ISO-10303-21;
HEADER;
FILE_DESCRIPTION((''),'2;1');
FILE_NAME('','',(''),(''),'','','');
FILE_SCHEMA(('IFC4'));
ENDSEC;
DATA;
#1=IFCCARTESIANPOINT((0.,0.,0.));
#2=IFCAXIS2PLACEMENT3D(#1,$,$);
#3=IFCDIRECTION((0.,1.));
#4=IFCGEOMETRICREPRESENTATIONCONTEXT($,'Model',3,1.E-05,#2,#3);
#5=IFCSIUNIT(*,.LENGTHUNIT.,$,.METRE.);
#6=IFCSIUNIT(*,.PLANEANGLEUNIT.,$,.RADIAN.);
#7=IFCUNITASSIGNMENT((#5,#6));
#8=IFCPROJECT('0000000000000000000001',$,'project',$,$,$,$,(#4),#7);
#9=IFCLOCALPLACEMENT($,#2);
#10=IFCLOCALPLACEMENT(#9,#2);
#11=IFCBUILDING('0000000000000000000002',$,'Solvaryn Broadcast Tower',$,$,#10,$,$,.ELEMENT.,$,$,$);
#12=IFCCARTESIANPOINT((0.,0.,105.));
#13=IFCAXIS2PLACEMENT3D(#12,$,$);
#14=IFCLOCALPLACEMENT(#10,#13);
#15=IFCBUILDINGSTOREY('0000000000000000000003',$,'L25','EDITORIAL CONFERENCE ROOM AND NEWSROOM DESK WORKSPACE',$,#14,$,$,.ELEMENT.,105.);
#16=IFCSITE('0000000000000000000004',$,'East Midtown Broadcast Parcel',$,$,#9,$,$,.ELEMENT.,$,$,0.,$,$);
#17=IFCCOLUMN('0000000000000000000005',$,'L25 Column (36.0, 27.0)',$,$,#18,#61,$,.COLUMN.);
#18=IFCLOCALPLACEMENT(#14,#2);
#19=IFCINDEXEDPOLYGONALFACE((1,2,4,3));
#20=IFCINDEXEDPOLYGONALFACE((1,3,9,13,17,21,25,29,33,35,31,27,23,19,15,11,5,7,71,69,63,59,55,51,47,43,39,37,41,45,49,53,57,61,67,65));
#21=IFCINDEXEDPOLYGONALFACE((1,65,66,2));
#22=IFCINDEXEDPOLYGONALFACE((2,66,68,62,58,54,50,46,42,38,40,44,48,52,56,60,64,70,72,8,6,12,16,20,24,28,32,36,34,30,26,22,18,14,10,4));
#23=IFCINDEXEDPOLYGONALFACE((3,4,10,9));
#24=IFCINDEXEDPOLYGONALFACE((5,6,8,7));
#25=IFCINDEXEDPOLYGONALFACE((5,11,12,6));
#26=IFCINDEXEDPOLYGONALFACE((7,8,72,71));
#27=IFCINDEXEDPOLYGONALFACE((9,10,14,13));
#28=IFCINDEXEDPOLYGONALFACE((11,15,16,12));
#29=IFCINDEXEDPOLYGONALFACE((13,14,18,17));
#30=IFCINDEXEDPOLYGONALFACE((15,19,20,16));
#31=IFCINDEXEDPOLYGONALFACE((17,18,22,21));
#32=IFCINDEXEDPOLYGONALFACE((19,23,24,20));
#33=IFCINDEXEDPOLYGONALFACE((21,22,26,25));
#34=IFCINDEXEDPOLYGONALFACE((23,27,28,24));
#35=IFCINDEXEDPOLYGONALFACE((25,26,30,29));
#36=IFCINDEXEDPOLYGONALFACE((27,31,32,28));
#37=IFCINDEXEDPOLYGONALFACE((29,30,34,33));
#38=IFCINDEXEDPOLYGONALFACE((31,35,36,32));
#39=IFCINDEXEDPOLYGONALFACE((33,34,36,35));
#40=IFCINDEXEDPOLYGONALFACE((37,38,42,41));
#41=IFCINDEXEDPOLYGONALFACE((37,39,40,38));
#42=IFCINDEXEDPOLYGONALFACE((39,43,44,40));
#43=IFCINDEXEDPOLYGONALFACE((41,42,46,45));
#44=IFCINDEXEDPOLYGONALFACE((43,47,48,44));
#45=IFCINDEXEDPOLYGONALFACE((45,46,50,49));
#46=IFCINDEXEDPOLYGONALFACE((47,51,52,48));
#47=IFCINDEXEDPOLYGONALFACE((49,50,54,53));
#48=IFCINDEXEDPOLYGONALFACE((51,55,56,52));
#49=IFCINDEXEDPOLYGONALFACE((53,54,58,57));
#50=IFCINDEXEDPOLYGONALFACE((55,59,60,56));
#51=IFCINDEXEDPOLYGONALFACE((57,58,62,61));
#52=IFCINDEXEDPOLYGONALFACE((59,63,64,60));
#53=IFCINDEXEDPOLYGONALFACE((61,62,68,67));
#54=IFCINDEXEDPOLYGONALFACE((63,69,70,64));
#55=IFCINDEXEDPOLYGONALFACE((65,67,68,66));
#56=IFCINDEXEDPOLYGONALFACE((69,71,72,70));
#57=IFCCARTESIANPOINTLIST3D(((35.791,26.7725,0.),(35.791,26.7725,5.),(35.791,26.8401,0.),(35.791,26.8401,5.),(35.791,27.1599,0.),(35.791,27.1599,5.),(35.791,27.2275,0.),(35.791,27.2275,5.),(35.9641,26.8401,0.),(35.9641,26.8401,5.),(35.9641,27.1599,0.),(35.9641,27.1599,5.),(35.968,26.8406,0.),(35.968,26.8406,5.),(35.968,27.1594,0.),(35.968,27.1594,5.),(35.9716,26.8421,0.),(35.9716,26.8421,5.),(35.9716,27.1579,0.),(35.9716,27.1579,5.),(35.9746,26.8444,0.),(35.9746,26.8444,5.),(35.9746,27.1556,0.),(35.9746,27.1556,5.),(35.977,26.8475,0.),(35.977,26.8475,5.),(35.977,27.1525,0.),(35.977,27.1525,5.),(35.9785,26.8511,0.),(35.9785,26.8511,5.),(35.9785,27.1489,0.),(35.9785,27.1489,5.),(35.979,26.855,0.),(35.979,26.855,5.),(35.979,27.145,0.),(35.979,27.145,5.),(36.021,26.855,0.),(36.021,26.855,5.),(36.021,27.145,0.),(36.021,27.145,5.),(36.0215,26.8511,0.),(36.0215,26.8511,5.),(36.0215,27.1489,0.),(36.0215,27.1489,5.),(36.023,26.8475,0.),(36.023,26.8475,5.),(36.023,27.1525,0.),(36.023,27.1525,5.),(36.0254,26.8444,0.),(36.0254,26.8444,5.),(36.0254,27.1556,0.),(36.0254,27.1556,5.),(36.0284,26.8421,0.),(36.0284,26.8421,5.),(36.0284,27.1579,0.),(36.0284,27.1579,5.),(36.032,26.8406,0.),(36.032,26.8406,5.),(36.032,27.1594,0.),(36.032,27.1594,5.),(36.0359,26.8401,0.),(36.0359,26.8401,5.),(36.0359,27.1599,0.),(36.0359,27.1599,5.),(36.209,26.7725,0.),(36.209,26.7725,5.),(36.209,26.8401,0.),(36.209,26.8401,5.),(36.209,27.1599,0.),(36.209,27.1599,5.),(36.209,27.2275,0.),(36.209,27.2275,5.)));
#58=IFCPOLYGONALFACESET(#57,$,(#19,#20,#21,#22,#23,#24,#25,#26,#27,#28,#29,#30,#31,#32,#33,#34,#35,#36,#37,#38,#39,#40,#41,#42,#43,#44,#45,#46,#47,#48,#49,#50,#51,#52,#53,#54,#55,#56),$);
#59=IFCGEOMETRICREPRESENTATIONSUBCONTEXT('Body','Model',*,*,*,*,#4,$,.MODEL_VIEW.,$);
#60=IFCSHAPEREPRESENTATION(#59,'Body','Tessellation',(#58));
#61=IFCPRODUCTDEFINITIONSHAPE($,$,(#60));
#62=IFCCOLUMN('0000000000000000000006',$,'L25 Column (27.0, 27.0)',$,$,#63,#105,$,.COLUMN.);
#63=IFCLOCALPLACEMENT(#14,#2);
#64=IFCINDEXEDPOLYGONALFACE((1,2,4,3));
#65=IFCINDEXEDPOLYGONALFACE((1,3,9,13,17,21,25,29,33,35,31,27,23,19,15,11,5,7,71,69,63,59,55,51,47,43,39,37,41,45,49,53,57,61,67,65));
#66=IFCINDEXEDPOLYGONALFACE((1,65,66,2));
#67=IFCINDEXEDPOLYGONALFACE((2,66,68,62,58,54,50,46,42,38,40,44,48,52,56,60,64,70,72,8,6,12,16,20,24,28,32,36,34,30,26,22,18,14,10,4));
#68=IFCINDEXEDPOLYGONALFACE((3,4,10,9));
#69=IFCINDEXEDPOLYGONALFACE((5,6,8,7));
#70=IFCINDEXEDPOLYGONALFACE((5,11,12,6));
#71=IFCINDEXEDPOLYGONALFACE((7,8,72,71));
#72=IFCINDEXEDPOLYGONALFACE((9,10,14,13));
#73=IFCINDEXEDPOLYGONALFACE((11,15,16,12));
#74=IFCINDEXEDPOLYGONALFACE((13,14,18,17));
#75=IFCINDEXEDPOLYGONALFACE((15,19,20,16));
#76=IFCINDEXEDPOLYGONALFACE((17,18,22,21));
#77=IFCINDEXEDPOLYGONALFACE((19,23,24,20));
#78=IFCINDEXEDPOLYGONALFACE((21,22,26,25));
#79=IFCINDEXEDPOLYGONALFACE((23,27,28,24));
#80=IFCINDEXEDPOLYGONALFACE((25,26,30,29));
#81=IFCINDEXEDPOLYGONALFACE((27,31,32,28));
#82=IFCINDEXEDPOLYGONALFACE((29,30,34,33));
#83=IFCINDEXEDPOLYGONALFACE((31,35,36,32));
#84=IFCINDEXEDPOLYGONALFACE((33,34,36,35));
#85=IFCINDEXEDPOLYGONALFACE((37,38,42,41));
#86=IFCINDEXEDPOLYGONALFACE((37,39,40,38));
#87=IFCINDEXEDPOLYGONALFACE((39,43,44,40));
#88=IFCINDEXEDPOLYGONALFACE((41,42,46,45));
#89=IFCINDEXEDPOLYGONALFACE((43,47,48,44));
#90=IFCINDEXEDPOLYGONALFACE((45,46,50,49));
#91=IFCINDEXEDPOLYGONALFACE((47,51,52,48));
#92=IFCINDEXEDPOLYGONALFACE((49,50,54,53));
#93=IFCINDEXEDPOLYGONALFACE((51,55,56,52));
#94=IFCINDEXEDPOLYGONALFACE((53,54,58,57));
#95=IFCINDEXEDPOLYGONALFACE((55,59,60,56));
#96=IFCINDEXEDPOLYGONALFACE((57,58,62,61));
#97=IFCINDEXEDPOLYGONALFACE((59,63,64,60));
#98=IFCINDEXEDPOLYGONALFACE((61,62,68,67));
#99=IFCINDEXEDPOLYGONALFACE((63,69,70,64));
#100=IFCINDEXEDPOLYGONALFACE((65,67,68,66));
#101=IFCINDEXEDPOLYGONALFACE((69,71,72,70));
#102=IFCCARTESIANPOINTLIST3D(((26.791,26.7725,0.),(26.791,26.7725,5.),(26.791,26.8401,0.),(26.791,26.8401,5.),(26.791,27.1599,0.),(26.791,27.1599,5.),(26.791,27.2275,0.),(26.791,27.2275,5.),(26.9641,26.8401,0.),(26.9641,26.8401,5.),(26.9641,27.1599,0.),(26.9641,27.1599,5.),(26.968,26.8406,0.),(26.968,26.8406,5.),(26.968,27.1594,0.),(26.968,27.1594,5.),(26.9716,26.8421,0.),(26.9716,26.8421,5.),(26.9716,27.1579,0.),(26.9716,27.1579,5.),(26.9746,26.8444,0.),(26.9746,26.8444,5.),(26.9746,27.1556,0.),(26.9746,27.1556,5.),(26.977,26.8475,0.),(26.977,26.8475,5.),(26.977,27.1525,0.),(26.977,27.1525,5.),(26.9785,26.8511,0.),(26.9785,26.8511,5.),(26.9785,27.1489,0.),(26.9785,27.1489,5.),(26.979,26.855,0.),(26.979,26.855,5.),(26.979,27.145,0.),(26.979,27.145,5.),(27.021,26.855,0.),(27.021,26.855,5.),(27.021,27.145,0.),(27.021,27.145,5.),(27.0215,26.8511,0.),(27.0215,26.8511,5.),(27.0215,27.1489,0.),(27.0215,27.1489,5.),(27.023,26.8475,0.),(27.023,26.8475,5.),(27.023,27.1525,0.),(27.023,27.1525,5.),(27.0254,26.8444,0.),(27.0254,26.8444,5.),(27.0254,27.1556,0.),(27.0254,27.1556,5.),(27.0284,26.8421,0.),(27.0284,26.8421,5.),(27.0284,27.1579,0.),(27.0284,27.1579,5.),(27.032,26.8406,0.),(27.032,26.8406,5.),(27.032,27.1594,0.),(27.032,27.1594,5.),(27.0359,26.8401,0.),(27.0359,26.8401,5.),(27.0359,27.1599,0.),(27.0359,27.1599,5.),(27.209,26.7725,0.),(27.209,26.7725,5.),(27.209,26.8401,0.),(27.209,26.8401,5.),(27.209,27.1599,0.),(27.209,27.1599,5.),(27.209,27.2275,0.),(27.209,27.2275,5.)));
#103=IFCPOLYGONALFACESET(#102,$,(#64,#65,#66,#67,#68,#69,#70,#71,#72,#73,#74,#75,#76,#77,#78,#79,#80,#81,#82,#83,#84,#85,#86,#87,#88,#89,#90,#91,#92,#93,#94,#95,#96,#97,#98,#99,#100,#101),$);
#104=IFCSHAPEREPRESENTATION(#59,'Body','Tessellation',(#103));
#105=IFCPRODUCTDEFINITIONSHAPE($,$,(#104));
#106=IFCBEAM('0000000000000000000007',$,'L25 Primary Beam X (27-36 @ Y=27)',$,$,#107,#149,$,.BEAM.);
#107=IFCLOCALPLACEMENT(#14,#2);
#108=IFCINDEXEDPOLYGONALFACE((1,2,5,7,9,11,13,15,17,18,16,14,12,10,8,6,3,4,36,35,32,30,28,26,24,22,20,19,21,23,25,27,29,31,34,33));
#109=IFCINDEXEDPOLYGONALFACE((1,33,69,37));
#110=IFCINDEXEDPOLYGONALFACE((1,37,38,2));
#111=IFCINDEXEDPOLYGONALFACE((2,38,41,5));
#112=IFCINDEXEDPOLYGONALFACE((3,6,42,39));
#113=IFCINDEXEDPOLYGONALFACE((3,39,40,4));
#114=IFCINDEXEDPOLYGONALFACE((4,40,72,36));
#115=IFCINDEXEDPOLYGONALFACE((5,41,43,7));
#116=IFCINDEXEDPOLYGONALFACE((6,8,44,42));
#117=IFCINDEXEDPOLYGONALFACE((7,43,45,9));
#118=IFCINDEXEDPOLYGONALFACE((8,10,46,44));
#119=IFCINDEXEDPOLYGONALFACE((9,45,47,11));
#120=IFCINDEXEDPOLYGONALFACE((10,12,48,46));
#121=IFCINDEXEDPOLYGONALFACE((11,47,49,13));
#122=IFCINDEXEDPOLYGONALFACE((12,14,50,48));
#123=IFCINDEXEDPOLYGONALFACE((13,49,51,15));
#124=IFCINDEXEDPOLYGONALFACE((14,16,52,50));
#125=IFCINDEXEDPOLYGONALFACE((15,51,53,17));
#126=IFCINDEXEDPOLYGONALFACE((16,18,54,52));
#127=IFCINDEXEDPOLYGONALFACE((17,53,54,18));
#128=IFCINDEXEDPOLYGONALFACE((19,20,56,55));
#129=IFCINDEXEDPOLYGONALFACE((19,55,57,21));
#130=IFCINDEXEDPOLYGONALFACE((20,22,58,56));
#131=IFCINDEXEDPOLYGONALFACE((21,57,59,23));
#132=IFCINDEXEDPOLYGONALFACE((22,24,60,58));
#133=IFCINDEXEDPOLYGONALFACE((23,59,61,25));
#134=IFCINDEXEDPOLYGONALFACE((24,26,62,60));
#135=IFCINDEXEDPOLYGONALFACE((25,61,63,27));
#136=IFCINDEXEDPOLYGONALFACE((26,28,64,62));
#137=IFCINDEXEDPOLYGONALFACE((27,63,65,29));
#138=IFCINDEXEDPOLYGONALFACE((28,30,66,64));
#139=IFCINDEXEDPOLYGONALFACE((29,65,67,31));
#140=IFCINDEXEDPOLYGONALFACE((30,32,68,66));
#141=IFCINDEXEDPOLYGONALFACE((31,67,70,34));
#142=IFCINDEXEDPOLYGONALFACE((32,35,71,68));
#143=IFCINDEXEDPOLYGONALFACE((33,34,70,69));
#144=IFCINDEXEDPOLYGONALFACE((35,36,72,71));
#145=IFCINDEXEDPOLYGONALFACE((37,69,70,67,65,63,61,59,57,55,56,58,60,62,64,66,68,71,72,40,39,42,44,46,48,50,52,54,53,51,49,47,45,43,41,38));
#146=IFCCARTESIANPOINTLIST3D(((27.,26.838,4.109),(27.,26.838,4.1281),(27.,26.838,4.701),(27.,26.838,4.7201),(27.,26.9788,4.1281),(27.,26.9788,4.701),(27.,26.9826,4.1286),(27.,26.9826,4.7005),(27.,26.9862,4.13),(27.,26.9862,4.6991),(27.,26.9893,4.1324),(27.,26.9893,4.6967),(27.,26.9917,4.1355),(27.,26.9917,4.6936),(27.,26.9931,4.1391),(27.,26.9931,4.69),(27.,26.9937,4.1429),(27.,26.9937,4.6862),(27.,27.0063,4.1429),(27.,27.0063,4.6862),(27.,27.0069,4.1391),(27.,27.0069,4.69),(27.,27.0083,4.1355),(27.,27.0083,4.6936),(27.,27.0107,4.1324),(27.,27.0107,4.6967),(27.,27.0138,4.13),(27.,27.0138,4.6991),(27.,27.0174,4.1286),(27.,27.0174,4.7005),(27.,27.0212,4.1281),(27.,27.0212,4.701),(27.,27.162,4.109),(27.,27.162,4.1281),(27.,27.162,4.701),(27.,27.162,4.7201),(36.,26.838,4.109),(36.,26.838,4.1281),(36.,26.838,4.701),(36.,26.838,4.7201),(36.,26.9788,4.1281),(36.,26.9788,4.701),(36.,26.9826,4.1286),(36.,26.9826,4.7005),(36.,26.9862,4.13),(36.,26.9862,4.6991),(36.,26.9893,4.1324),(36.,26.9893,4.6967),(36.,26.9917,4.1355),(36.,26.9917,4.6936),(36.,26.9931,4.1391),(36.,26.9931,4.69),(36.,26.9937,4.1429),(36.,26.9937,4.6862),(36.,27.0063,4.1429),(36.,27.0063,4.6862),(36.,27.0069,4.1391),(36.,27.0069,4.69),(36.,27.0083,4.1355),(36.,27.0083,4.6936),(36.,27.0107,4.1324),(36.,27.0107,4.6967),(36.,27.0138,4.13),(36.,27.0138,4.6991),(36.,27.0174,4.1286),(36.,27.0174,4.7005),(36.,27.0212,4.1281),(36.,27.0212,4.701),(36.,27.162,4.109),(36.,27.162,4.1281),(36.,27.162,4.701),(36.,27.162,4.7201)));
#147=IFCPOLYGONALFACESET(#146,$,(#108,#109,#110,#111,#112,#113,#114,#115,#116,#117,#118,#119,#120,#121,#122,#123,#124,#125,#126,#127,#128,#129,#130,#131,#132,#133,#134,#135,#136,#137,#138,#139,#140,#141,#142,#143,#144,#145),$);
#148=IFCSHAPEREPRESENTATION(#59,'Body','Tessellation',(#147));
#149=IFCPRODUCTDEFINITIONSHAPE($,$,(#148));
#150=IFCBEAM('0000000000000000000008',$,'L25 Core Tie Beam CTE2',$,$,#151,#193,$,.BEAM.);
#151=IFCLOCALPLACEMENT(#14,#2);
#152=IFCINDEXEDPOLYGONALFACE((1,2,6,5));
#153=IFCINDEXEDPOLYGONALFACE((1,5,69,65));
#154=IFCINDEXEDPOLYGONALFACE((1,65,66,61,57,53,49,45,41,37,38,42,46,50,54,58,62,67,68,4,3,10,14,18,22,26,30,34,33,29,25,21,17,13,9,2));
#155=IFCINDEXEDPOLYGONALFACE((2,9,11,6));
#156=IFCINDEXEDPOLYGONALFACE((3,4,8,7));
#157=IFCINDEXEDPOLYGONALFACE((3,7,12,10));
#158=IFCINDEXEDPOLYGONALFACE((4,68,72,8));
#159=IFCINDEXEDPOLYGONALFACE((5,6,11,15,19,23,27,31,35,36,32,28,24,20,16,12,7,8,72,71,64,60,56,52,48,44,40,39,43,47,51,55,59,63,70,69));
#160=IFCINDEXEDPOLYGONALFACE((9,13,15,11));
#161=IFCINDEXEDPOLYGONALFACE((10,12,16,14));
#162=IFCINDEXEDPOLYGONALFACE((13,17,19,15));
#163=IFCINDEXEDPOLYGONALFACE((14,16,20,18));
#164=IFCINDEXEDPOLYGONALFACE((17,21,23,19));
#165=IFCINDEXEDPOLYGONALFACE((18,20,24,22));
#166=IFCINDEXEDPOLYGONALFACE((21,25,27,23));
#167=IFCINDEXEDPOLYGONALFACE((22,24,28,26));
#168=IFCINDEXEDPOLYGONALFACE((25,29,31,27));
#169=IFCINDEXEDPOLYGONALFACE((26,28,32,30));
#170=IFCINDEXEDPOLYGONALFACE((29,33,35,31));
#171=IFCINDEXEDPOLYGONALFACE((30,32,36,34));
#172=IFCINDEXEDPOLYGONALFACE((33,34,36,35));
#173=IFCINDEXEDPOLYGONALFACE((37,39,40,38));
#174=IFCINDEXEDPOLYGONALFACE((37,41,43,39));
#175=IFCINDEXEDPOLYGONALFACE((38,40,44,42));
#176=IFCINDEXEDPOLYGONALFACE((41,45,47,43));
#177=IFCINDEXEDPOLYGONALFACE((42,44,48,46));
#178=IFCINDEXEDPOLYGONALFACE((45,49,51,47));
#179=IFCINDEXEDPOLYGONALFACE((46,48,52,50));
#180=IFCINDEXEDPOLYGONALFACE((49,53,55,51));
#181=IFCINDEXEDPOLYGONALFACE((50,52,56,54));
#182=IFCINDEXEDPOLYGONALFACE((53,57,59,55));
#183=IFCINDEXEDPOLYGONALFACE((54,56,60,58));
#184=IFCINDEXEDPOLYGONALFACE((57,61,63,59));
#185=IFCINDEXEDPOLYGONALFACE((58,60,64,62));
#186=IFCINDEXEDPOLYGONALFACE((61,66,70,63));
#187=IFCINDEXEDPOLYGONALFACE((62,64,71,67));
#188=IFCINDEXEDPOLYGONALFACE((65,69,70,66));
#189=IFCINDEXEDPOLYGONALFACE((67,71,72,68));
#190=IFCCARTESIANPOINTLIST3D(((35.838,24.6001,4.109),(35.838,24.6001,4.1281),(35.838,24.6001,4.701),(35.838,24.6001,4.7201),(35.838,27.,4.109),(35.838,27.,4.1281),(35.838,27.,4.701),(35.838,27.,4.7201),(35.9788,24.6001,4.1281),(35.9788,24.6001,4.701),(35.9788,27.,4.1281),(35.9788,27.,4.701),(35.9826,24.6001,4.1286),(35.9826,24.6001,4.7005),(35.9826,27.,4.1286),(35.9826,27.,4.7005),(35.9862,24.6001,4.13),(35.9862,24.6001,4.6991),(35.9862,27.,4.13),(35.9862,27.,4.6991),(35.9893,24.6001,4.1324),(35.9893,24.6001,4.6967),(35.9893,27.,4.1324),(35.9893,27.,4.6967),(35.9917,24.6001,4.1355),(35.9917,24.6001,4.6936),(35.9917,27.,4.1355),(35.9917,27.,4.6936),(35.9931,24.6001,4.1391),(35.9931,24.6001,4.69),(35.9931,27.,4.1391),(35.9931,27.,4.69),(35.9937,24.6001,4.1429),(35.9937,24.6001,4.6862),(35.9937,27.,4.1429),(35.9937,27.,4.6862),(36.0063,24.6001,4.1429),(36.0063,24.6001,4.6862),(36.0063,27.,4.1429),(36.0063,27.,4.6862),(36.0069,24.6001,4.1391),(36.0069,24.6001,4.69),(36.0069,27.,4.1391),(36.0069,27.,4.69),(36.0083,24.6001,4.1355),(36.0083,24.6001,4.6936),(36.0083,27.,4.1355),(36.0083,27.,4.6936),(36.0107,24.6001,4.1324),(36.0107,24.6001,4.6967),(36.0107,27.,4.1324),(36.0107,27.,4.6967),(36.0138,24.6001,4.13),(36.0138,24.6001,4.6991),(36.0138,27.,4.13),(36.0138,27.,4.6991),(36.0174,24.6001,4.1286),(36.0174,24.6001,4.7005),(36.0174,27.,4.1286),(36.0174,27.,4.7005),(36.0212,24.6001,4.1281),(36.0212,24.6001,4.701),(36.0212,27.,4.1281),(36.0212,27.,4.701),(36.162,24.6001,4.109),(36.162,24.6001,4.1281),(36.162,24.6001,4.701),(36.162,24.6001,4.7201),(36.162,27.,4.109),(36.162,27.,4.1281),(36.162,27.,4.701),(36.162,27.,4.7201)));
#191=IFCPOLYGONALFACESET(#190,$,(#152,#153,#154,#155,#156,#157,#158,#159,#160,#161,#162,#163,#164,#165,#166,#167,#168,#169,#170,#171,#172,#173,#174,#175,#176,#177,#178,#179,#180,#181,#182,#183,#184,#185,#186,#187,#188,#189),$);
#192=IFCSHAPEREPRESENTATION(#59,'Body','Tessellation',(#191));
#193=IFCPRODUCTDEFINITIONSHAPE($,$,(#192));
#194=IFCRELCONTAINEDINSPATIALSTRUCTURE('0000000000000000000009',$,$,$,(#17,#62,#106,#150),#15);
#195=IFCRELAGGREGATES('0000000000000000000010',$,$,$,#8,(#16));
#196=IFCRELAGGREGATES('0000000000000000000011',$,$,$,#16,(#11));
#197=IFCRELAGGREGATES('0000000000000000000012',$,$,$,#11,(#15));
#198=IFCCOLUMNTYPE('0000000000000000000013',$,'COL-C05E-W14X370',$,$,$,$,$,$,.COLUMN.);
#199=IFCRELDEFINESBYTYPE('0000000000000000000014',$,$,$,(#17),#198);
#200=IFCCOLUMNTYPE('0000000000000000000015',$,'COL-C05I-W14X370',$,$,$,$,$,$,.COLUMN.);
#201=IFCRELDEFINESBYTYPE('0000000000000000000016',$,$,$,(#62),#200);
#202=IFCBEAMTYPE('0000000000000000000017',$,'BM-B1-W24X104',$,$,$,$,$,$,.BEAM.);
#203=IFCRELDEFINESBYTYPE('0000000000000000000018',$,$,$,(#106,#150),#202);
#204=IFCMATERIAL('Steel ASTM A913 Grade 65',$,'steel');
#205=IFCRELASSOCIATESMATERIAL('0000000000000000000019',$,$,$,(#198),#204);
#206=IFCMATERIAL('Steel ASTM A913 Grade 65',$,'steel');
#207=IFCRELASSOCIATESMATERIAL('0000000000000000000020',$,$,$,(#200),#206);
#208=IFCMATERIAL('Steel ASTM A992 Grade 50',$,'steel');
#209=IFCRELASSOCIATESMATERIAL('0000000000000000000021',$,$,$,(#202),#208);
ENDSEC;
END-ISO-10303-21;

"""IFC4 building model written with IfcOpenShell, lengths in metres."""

from ifc_helpers import new_model, si_unit, direction, frame, origin, origin_2d, place, context, subcontext, project, spatial, i_section, extrude, material, material_profile, profile_set, type_object, element, save


model = new_model("IFC4")

# Units and contexts
model_context = context("Model", 3, precision=1e-05, world=origin(), true_north=direction((0.0, 1.0)))
body_context = subcontext(model_context, "Body", "Model", "MODEL_VIEW")
ifc_project = project(units=[si_unit("LENGTHUNIT", "METRE"), si_unit("PLANEANGLEUNIT", "RADIAN")], contexts=[model_context])

# Site, building, storey
site_placement = place(None, origin())
site = spatial("IfcSite", under=ifc_project, at=site_placement, Name="East Midtown Broadcast Parcel", CompositionType="ELEMENT", RefElevation=0.0)
building_placement = place(site_placement, origin())
building = spatial("IfcBuilding", under=site, at=building_placement, Name="Solvaryn Broadcast Tower", CompositionType="ELEMENT")
storey_placement = place(building_placement, frame((0.0, 0.0, 105.0)))
storey = spatial("IfcBuildingStorey", under=building, at=storey_placement, Name="L25", Description="EDITORIAL CONFERENCE ROOM AND NEWSROOM DESK WORKSPACE", CompositionType="ELEMENT", Elevation=105.0)

# Columns
ifc_material_1 = material(Name="Steel ASTM A913 Grade 65", Category="steel")
ifc_material_profile_1 = material_profile(ifc_material_1, i_section(OverallWidth=0.418, OverallDepth=0.4551, WebThickness=0.042, FlangeThickness=0.0676, FilletRadius=0.0149, at=origin_2d()))
ifc_profile_set_1 = profile_set([ifc_material_profile_1], Name="Steel ASTM A913 Grade 65")
column_type_1 = type_object("IfcColumnType", Name="COL-C05E-W14X370", PredefinedType="COLUMN", material=ifc_profile_set_1)
column_1_placement = place(storey_placement, frame((36.0, 27.0, 0.0), z_axis=(0.0, 0.0, 1.0), x_axis=(1.0, 0.0, 0.0)))
element("IfcColumn", 1, at=column_1_placement, inside=storey, type_object=column_type_1, Name="L25 Column (36.0, 27.0)", PredefinedType="COLUMN", context=body_context, shape_type="SweptSolid", body=[
    extrude(i_section(OverallWidth=0.418, OverallDepth=0.4551, WebThickness=0.042, FlangeThickness=0.0676, FilletRadius=0.0149, at=origin_2d()), origin(), (0.0, 0.0, 1.0), 5.0),
])
ifc_material_2 = material(Name="Steel ASTM A913 Grade 65", Category="steel")
ifc_material_profile_2 = material_profile(ifc_material_2, i_section(OverallWidth=0.418, OverallDepth=0.4551, WebThickness=0.042, FlangeThickness=0.0676, FilletRadius=0.0149, at=origin_2d()))
ifc_profile_set_2 = profile_set([ifc_material_profile_2], Name="Steel ASTM A913 Grade 65")
column_type_2 = type_object("IfcColumnType", Name="COL-C05I-W14X370", PredefinedType="COLUMN", material=ifc_profile_set_2)
column_2_placement = place(storey_placement, frame((27.0, 27.0, 0.0), z_axis=(0.0, 0.0, 1.0), x_axis=(1.0, 0.0, 0.0)))
element("IfcColumn", 2, at=column_2_placement, inside=storey, type_object=column_type_2, Name="L25 Column (27.0, 27.0)", PredefinedType="COLUMN", context=body_context, shape_type="SweptSolid", body=[
    extrude(i_section(OverallWidth=0.418, OverallDepth=0.4551, WebThickness=0.042, FlangeThickness=0.0676, FilletRadius=0.0149, at=origin_2d()), origin(), (0.0, 0.0, 1.0), 5.0),
])

# Beams
ifc_material_3 = material(Name="Steel ASTM A992 Grade 50", Category="steel")
ifc_material_profile_3 = material_profile(ifc_material_3, i_section(OverallWidth=0.324, OverallDepth=0.6111, WebThickness=0.0127, FlangeThickness=0.019, FilletRadius=0.0149, at=origin_2d()))
ifc_profile_set_3 = profile_set([ifc_material_profile_3], Name="Steel ASTM A992 Grade 50")
beam_type_1 = type_object("IfcBeamType", Name="BM-B1-W24X104", PredefinedType="BEAM", material=ifc_profile_set_3)
beam_1_placement = place(storey_placement, frame((27.0, 27.0, 4.4146), z_axis=(1.0, 0.0, 0.0), x_axis=(0.0, 1.0, 0.0)))
element("IfcBeam", 3, at=beam_1_placement, inside=storey, type_object=beam_type_1, Name="L25 Primary Beam X (27-36 @ Y=27)", PredefinedType="BEAM", context=body_context, shape_type="SweptSolid", body=[
    extrude(i_section(OverallWidth=0.324, OverallDepth=0.6111, WebThickness=0.0127, FlangeThickness=0.019, FilletRadius=0.0149, at=origin_2d()), origin(), (0.0, 0.0, 1.0), 9.0),
])
beam_2_placement = place(storey_placement, frame((36.0, 24.6001, 4.4146), z_axis=(0.0, 1.0, 0.0), x_axis=(-1.0, 0.0, 0.0)))
element("IfcBeam", 4, at=beam_2_placement, inside=storey, type_object=beam_type_1, Name="L25 Core Tie Beam CTE2", PredefinedType="BEAM", context=body_context, shape_type="SweptSolid", body=[
    extrude(i_section(OverallWidth=0.324, OverallDepth=0.6111, WebThickness=0.0127, FlangeThickness=0.019, FilletRadius=0.0149, at=origin_2d()), origin(), (0.0, 0.0, 1.0), 2.3999),
])

save(model, "model.ifc")
